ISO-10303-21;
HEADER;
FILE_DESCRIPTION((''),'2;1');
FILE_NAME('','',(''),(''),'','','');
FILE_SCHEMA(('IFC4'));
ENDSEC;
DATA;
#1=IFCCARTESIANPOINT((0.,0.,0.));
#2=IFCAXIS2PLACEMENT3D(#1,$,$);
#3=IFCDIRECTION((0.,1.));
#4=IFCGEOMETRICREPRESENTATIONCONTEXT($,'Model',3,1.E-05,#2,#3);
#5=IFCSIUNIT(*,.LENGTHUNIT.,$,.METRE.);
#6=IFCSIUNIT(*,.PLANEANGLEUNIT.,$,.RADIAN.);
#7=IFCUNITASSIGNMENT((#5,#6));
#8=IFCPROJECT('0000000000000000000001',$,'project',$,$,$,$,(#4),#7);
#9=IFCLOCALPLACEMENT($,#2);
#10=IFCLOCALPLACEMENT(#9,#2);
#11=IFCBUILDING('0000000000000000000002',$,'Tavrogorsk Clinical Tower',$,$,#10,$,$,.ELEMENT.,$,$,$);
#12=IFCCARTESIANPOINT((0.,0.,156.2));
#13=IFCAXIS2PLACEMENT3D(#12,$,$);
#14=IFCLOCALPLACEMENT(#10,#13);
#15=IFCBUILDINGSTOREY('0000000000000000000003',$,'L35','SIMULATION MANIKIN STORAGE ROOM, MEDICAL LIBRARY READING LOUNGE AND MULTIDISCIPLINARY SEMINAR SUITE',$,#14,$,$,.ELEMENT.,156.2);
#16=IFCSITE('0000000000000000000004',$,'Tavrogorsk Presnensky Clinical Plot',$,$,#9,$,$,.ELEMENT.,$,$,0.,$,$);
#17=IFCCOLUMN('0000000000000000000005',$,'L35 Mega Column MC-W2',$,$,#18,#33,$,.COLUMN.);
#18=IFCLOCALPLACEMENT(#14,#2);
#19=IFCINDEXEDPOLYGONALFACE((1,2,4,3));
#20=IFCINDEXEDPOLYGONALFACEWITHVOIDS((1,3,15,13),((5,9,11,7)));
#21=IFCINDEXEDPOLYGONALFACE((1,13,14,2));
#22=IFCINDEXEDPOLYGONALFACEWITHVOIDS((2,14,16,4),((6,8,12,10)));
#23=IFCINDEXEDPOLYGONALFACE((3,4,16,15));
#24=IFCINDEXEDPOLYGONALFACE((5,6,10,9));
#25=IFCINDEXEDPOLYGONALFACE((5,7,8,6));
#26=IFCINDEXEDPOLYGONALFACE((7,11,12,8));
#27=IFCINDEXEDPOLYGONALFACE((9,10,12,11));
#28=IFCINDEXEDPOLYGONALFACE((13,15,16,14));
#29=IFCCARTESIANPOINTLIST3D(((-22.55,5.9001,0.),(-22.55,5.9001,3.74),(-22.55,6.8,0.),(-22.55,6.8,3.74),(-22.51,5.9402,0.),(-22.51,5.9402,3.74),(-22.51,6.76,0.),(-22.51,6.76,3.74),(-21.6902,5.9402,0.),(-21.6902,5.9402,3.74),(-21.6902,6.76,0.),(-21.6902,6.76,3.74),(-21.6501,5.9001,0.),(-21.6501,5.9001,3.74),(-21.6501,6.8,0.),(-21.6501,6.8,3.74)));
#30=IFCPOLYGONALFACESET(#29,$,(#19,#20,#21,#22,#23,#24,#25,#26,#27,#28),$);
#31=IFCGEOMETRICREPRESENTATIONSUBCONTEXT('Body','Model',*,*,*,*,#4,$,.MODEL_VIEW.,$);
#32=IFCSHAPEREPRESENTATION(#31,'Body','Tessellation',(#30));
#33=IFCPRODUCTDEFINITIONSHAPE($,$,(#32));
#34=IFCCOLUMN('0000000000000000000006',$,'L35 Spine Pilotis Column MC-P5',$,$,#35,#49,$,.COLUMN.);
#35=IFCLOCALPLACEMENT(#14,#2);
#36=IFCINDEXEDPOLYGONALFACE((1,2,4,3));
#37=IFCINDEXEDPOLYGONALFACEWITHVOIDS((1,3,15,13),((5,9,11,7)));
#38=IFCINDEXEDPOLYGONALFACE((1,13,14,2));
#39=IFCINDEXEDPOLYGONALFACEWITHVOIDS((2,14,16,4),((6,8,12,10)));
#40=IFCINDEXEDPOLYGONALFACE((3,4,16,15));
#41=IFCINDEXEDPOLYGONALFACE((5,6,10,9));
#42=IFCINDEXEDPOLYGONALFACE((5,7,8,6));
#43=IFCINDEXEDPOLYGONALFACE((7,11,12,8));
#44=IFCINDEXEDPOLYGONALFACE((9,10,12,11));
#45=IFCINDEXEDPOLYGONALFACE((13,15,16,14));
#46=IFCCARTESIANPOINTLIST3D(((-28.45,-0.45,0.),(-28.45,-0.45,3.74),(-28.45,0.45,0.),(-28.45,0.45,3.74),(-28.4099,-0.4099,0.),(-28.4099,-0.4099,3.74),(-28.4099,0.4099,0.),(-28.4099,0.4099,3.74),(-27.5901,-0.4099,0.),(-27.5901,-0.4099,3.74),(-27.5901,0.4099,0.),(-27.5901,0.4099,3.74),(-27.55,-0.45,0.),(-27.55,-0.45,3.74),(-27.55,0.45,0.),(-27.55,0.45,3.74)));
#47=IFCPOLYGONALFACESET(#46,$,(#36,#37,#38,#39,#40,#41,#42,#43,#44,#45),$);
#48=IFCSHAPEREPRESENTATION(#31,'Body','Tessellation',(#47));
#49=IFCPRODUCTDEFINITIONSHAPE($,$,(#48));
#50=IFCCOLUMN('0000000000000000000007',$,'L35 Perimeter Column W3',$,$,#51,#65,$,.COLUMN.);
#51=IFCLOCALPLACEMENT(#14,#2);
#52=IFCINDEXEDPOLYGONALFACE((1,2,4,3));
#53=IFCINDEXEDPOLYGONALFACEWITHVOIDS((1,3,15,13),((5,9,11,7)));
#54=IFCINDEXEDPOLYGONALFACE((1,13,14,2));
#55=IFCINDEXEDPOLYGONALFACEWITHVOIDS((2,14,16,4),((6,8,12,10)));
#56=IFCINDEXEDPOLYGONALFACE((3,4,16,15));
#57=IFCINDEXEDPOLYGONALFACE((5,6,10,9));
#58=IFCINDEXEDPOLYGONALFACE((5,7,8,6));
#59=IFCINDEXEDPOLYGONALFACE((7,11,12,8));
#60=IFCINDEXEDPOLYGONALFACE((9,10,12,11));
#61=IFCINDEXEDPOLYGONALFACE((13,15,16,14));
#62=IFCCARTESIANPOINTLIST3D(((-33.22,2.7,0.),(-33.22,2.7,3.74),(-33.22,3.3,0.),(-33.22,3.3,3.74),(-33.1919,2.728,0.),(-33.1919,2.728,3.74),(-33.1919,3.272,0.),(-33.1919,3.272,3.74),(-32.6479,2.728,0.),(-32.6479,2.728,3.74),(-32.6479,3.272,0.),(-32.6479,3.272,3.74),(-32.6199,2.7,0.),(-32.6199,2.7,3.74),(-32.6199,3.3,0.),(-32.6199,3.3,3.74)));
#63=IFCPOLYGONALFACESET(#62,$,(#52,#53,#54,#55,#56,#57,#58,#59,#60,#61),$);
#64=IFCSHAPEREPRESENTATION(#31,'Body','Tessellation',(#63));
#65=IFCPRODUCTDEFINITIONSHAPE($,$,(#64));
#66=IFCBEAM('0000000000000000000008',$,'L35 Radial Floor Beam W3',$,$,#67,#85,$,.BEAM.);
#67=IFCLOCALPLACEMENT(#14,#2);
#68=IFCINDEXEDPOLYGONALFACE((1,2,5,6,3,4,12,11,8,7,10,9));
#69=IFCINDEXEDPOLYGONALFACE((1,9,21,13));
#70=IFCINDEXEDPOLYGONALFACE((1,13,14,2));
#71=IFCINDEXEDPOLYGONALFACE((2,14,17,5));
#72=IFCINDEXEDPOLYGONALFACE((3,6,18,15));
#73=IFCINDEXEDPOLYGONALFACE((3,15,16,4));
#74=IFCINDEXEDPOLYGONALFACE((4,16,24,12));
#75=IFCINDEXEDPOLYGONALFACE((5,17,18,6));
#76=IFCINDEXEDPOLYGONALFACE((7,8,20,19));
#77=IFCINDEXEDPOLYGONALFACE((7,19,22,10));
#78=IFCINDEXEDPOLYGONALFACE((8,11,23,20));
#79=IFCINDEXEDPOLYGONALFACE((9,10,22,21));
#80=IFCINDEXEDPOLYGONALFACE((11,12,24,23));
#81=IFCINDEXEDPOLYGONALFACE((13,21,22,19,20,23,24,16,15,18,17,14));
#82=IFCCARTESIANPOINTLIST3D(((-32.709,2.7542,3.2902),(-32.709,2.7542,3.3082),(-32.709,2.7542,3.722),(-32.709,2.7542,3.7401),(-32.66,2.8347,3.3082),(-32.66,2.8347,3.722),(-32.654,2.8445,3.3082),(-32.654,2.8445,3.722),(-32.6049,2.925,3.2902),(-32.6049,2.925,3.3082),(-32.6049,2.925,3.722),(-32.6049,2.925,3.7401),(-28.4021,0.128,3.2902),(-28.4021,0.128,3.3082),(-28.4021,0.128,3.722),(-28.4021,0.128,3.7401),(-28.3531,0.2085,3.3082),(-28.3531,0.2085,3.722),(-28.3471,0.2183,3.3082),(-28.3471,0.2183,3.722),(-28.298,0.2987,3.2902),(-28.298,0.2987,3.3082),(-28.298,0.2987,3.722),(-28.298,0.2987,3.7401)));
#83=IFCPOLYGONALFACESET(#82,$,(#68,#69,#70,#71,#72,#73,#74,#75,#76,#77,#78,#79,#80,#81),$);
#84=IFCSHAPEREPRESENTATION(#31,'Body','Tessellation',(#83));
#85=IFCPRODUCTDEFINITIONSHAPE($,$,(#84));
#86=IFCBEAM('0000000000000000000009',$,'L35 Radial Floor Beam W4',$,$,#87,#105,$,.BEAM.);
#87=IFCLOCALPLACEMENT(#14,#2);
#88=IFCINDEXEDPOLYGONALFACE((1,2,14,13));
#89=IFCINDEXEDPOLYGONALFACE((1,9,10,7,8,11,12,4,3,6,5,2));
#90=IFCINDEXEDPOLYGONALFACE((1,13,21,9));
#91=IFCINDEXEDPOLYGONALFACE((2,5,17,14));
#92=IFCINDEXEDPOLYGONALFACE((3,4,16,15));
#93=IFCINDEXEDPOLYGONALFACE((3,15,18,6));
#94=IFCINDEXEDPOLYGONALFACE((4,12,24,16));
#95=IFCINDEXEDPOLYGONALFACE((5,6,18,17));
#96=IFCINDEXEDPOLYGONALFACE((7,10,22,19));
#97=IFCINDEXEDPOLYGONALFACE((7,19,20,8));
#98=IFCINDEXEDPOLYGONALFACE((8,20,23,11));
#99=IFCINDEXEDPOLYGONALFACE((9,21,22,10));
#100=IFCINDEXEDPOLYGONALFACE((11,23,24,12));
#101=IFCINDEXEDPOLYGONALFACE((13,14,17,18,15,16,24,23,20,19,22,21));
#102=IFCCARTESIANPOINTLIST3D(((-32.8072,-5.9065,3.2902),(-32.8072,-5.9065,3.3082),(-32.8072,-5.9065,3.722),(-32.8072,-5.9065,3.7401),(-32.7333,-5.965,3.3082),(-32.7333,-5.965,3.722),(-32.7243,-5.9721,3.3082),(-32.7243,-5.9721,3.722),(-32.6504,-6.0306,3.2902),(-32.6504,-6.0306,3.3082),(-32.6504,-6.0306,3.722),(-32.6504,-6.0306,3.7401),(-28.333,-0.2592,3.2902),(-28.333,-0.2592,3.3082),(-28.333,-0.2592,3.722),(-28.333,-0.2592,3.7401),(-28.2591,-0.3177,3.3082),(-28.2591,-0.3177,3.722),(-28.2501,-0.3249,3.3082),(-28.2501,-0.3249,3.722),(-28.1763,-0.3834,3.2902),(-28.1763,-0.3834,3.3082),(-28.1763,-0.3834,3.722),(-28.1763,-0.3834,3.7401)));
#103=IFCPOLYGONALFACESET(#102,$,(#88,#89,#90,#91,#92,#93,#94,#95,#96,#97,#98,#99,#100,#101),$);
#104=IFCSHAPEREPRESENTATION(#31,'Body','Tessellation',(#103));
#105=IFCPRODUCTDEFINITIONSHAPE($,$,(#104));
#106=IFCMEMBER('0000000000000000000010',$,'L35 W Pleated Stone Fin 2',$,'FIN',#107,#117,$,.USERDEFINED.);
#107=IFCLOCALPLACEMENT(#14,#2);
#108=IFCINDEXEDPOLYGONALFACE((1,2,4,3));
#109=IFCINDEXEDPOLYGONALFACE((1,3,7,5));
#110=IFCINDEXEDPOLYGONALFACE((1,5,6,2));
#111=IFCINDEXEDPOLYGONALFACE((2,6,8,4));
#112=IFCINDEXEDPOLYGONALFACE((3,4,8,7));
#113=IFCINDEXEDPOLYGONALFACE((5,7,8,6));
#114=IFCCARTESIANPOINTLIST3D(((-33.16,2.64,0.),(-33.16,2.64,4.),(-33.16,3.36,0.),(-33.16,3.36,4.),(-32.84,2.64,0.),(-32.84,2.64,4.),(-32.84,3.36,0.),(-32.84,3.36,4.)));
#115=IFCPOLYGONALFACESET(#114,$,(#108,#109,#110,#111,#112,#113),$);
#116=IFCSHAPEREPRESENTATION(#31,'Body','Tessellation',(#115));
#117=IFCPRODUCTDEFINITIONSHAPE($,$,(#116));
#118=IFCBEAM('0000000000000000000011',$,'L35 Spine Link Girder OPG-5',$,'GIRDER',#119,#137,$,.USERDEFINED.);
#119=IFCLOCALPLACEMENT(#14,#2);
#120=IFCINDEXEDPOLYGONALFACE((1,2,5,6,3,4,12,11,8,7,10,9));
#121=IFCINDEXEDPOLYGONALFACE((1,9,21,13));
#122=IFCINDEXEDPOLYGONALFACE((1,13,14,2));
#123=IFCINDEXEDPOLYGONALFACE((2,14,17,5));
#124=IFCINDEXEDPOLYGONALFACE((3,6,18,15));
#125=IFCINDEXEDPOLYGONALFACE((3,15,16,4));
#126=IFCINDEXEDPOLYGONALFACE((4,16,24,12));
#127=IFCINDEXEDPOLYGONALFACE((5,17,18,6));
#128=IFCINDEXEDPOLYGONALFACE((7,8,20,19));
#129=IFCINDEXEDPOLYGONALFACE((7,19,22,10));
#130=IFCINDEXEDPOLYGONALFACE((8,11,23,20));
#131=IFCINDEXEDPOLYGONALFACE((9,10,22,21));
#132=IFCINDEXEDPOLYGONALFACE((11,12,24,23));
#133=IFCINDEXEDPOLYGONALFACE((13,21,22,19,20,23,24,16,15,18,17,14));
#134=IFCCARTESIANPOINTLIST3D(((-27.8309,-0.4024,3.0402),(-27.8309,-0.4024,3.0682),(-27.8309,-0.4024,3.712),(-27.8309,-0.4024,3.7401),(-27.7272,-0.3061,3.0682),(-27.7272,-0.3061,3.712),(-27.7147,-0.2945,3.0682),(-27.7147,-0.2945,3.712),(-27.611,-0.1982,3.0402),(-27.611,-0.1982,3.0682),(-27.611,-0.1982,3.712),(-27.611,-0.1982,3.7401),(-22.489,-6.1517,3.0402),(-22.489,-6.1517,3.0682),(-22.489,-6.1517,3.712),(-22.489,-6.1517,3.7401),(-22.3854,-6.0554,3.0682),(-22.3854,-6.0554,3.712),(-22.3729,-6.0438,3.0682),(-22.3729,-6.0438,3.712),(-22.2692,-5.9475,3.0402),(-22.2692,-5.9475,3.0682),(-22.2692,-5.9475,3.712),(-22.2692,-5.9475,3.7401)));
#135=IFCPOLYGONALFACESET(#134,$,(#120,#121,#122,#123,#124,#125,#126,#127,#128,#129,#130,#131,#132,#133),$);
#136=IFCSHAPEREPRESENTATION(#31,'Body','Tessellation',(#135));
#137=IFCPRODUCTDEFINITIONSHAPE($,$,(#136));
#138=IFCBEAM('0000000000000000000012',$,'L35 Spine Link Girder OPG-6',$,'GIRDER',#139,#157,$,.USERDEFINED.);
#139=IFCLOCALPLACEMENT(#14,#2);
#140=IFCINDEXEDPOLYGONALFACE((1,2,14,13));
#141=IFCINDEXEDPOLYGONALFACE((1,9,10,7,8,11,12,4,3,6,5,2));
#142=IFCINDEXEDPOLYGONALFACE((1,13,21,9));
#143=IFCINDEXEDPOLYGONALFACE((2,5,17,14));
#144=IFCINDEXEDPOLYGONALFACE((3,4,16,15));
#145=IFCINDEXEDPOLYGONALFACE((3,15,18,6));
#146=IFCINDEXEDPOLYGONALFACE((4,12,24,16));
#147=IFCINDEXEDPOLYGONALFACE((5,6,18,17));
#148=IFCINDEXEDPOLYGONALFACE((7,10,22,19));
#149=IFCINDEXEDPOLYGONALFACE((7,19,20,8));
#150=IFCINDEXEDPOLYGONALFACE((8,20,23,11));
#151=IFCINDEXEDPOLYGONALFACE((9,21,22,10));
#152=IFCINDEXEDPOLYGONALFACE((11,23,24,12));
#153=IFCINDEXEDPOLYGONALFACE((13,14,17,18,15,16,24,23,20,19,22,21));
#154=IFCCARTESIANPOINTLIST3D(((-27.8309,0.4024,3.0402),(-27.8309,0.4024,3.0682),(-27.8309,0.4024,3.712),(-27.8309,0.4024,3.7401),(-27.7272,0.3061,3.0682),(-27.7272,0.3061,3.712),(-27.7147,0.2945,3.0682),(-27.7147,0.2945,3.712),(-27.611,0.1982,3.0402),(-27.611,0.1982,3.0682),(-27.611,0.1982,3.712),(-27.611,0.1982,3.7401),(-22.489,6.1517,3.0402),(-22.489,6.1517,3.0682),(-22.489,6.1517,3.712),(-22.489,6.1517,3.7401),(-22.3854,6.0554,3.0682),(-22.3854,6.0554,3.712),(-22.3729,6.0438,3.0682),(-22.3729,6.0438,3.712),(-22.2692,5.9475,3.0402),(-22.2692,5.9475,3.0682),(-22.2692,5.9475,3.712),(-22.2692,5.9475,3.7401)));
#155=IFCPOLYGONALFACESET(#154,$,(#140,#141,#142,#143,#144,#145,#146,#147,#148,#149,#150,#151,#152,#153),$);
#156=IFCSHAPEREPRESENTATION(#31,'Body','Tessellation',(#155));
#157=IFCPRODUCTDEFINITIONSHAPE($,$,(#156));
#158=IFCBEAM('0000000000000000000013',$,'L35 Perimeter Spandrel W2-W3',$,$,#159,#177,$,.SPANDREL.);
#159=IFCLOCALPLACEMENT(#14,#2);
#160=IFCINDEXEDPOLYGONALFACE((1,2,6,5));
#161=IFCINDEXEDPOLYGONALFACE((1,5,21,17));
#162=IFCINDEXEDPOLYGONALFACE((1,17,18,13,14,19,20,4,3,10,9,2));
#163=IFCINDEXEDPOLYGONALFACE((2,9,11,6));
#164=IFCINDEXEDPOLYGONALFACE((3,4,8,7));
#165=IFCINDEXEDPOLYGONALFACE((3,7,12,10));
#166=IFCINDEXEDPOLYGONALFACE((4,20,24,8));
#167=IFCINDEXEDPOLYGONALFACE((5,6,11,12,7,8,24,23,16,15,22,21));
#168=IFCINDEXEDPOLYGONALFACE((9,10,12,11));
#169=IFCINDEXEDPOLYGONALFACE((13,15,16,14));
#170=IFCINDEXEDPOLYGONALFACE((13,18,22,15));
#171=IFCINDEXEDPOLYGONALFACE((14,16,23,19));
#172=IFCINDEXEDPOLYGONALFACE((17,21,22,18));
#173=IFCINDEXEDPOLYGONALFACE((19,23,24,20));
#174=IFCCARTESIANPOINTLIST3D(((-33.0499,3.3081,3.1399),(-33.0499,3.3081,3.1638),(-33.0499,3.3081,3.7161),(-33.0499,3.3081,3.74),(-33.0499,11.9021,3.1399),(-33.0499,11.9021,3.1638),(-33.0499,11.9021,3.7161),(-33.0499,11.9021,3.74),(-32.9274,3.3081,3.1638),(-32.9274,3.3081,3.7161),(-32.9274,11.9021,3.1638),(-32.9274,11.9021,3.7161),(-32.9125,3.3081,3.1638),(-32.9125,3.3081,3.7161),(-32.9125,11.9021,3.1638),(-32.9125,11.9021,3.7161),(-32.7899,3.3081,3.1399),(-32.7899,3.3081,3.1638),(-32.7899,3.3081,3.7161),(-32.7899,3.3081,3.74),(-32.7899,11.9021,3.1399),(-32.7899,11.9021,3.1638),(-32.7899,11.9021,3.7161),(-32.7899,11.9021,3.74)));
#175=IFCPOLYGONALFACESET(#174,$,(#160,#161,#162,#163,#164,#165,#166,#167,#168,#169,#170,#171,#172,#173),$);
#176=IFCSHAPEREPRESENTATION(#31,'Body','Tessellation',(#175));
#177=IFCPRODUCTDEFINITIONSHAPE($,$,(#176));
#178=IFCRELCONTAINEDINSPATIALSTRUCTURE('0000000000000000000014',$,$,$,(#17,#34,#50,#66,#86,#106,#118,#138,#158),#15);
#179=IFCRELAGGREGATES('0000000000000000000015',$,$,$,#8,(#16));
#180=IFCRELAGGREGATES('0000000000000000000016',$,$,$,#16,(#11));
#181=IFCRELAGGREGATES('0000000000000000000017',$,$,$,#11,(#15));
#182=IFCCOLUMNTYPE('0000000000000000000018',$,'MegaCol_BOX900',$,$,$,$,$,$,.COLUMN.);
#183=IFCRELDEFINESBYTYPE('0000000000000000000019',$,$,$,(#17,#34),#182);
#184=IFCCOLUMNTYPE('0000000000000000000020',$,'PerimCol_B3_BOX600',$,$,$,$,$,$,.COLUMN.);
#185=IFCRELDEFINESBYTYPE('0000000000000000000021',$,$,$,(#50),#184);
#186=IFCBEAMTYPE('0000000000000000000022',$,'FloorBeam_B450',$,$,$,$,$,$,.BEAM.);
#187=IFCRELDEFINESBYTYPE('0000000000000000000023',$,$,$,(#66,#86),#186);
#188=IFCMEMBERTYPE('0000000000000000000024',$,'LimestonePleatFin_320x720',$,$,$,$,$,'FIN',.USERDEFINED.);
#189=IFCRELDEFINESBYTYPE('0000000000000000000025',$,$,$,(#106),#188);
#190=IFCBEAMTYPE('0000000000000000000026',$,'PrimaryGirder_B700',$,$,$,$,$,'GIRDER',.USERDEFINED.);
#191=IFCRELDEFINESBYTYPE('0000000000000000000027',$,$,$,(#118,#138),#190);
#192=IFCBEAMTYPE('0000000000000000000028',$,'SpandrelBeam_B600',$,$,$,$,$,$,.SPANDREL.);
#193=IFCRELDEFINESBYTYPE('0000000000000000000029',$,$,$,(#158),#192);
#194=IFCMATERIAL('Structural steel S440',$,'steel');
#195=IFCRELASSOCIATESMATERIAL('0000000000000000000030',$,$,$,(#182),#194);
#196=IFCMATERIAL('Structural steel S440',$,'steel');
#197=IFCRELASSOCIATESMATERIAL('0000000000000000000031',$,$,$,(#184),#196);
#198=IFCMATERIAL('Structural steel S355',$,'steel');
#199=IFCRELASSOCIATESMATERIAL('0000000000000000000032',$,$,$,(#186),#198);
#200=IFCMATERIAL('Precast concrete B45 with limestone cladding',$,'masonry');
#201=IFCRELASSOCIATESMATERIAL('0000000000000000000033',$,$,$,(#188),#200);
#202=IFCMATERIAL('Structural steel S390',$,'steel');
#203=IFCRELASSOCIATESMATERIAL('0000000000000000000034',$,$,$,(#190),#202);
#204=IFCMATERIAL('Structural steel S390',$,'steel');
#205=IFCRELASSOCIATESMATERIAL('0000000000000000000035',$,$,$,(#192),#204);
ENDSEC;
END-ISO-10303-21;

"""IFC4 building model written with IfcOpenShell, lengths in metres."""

from ifc_helpers import new_model, si_unit, direction, frame, origin, origin_2d, place, context, subcontext, project, spatial, rectangle, hollow_rectangle, i_section, extrude, material, material_profile, profile_set, type_object, element, save


model = new_model("IFC4")

# Units and contexts
model_context = context("Model", 3, precision=1e-05, world=origin(), true_north=direction((0.0, 1.0)))
body_context = subcontext(model_context, "Body", "Model", "MODEL_VIEW")
ifc_project = project(units=[si_unit("LENGTHUNIT", "METRE"), si_unit("PLANEANGLEUNIT", "RADIAN")], contexts=[model_context])

# Site, building, storey
site_placement = place(None, origin())
site = spatial("IfcSite", under=ifc_project, at=site_placement, Name="Tavrogorsk Presnensky Clinical Plot", CompositionType="ELEMENT", RefElevation=0.0)
building_placement = place(site_placement, origin())
building = spatial("IfcBuilding", under=site, at=building_placement, Name="Tavrogorsk Clinical Tower", CompositionType="ELEMENT")
storey_placement = place(building_placement, frame((0.0, 0.0, 156.2)))
storey = spatial("IfcBuildingStorey", under=building, at=storey_placement, Name="L35", Description="SIMULATION MANIKIN STORAGE ROOM, MEDICAL LIBRARY READING LOUNGE AND MULTIDISCIPLINARY SEMINAR SUITE", CompositionType="ELEMENT", Elevation=156.2)

# Columns
ifc_material_1 = material(Name="Structural steel S440", Category="steel")
ifc_material_profile_1 = material_profile(ifc_material_1, hollow_rectangle(XDim=0.8999, YDim=0.8999, WallThickness=0.04, at=origin_2d()), Name="BOX-900x900x40")
ifc_profile_set_1 = profile_set([ifc_material_profile_1], Name="Structural steel S440")
column_type_1 = type_object("IfcColumnType", Name="MegaCol_BOX900", PredefinedType="COLUMN", material=ifc_profile_set_1)
for number, where, z_axis, x_axis, name in (
    (1, (-22.1001, 6.3501, 0.0), (0.0, 0.0, 1.0), (1.0, 0.0, 0.0), "L35 Mega Column MC-W2"),
    (2, (-28.0, 0.0, 0.0), (0.0, 0.0, 1.0), (1.0, 0.0, 0.0), "L35 Spine Pilotis Column MC-P5"),
):
    element("IfcColumn", number, at=place(storey_placement, frame(where, z_axis=z_axis, x_axis=x_axis)), inside=storey, type_object=column_type_1, Name=name, PredefinedType="COLUMN", context=body_context, shape_type="SweptSolid", body=[
        extrude(hollow_rectangle(XDim=0.8999, YDim=0.8999, WallThickness=0.04, at=origin_2d()), origin(), (0.0, 0.0, 1.0), 3.74),
    ])
ifc_material_2 = material(Name="Structural steel S440", Category="steel")
ifc_material_profile_2 = material_profile(ifc_material_2, hollow_rectangle(XDim=0.6001, YDim=0.6001, WallThickness=0.0281, at=origin_2d()), Name="BOX-600x600x28")
ifc_profile_set_2 = profile_set([ifc_material_profile_2], Name="Structural steel S440")
column_type_2 = type_object("IfcColumnType", Name="PerimCol_B3_BOX600", PredefinedType="COLUMN", material=ifc_profile_set_2)
column_placement = place(storey_placement, frame((-32.9199, 3.0, 0.0), z_axis=(0.0, 0.0, 1.0), x_axis=(1.0, 0.0, 0.0)))
element("IfcColumn", 3, at=column_placement, inside=storey, type_object=column_type_2, Name="L35 Perimeter Column W3", PredefinedType="COLUMN", context=body_context, shape_type="SweptSolid", body=[
    extrude(hollow_rectangle(XDim=0.6001, YDim=0.6001, WallThickness=0.0281, at=origin_2d()), origin(), (0.0, 0.0, 1.0), 3.74),
])

# Beams
ifc_material_3 = material(Name="Structural steel S355", Category="steel")
ifc_material_profile_3 = material_profile(ifc_material_3, i_section(OverallWidth=0.2, OverallDepth=0.45, WebThickness=0.0115, FlangeThickness=0.0181, at=origin_2d()), Name="B-450x200x11.5x18")
ifc_profile_set_3 = profile_set([ifc_material_profile_3], Name="Structural steel S355")
beam_type_1 = type_object("IfcBeamType", Name="FloorBeam_B450", PredefinedType="BEAM", material=ifc_profile_set_3)
beam_1_placement = place(storey_placement, frame((-28.3501, 0.2134, 3.5151), z_axis=(-0.85379, 0.520618, 0.0), x_axis=(-0.520618, -0.85379, 0.0)))
element("IfcBeam", 4, at=beam_1_placement, inside=storey, type_object=beam_type_1, Name="L35 Radial Floor Beam W3", PredefinedType="BEAM", context=body_context, shape_type="SweptSolid", body=[
    extrude(i_section(OverallWidth=0.2, OverallDepth=0.45, WebThickness=0.0115, FlangeThickness=0.0181, at=origin_2d()), origin(), (0.0, 0.0, 1.0), 5.0444),
])
beam_2_placement = place(storey_placement, frame((-28.2546, -0.3213, 3.5151), z_axis=(-0.620994, -0.783816, 0.0), x_axis=(0.783816, -0.620994, 0.0)))
element("IfcBeam", 5, at=beam_2_placement, inside=storey, type_object=beam_type_1, Name="L35 Radial Floor Beam W4", PredefinedType="BEAM", context=body_context, shape_type="SweptSolid", body=[
    extrude(i_section(OverallWidth=0.2, OverallDepth=0.45, WebThickness=0.0115, FlangeThickness=0.0181, at=origin_2d()), origin(), (0.0, 0.0, 1.0), 7.2048),
])

# Member
ifc_material_4 = material(Name="Precast concrete B45 with limestone cladding", Category="masonry")
ifc_material_profile_4 = material_profile(ifc_material_4, rectangle(XDim=0.3201, YDim=0.72, at=origin_2d()), Name="LIMESTONE-FIN-320x720")
ifc_profile_set_4 = profile_set([ifc_material_profile_4], Name="Precast concrete B45 with limestone cladding")
member_type = type_object("IfcMemberType", Name="LimestonePleatFin_320x720", ElementType="FIN", PredefinedType="USERDEFINED", material=ifc_profile_set_4)
member_placement = place(storey_placement, frame((-33.0, 3.0, 0.0), z_axis=(0.0, 0.0, 1.0), x_axis=(1.0, 0.0, 0.0)))
element("IfcMember", 6, at=member_placement, inside=storey, type_object=member_type, Name="L35 W Pleated Stone Fin 2", ObjectType="FIN", PredefinedType="USERDEFINED", context=body_context, shape_type="SweptSolid", body=[
    extrude(rectangle(XDim=0.3201, YDim=0.72, at=origin_2d()), origin(), (0.0, 0.0, 1.0), 4.0),
])

# Beams
ifc_material_5 = material(Name="Structural steel S390", Category="steel")
ifc_material_profile_5 = material_profile(ifc_material_5, i_section(OverallWidth=0.3, OverallDepth=0.7, WebThickness=0.0171, FlangeThickness=0.0281, at=origin_2d()), Name="B-700x300x17x28")
ifc_profile_set_5 = profile_set([ifc_material_profile_5], Name="Structural steel S390")
beam_type_2 = type_object("IfcBeamType", Name="PrimaryGirder_B700", ElementType="GIRDER", PredefinedType="USERDEFINED", material=ifc_profile_set_5)
for number, where, z_axis, x_axis, name in (
    (7, (-27.7209, -0.3003, 3.3901), (0.680669, -0.732591, 0.0), (0.732591, 0.680669, 0.0), "L35 Spine Link Girder OPG-5"),
    (8, (-27.7209, 0.3003, 3.3901), (0.680669, 0.732591, 0.0), (-0.732591, 0.680669, 0.0), "L35 Spine Link Girder OPG-6"),
):
    element("IfcBeam", number, at=place(storey_placement, frame(where, z_axis=z_axis, x_axis=x_axis)), inside=storey, type_object=beam_type_2, Name=name, ObjectType="GIRDER", PredefinedType="USERDEFINED", context=body_context, shape_type="SweptSolid", body=[
        extrude(i_section(OverallWidth=0.3, OverallDepth=0.7, WebThickness=0.0171, FlangeThickness=0.0281, at=origin_2d()), origin(), (0.0, 0.0, 1.0), 7.8479),
    ])
ifc_material_6 = material(Name="Structural steel S390", Category="steel")
ifc_material_profile_6 = material_profile(ifc_material_6, i_section(OverallWidth=0.26, OverallDepth=0.6001, WebThickness=0.0149, FlangeThickness=0.0239, at=origin_2d()), Name="B-600x260x15x24")
ifc_profile_set_6 = profile_set([ifc_material_profile_6], Name="Structural steel S390")
beam_type_3 = type_object("IfcBeamType", Name="SpandrelBeam_B600", PredefinedType="SPANDREL", material=ifc_profile_set_6)
for number, where, z_axis, x_axis, name in (
    (9, (-32.9199, 11.9021, 3.4399), (0.0, -1.0, 0.0), (1.0, 0.0, 0.0), "L35 Perimeter Spandrel W2-W3"),
):
    element("IfcBeam", number, at=place(storey_placement, frame(where, z_axis=z_axis, x_axis=x_axis)), inside=storey, type_object=beam_type_3, Name=name, PredefinedType="SPANDREL", context=body_context, shape_type="SweptSolid", body=[
        extrude(i_section(OverallWidth=0.26, OverallDepth=0.6001, WebThickness=0.0149, FlangeThickness=0.0239, at=origin_2d()), origin(), (0.0, 0.0, 1.0), 8.594),
    ])

save(model, "model.ifc")
